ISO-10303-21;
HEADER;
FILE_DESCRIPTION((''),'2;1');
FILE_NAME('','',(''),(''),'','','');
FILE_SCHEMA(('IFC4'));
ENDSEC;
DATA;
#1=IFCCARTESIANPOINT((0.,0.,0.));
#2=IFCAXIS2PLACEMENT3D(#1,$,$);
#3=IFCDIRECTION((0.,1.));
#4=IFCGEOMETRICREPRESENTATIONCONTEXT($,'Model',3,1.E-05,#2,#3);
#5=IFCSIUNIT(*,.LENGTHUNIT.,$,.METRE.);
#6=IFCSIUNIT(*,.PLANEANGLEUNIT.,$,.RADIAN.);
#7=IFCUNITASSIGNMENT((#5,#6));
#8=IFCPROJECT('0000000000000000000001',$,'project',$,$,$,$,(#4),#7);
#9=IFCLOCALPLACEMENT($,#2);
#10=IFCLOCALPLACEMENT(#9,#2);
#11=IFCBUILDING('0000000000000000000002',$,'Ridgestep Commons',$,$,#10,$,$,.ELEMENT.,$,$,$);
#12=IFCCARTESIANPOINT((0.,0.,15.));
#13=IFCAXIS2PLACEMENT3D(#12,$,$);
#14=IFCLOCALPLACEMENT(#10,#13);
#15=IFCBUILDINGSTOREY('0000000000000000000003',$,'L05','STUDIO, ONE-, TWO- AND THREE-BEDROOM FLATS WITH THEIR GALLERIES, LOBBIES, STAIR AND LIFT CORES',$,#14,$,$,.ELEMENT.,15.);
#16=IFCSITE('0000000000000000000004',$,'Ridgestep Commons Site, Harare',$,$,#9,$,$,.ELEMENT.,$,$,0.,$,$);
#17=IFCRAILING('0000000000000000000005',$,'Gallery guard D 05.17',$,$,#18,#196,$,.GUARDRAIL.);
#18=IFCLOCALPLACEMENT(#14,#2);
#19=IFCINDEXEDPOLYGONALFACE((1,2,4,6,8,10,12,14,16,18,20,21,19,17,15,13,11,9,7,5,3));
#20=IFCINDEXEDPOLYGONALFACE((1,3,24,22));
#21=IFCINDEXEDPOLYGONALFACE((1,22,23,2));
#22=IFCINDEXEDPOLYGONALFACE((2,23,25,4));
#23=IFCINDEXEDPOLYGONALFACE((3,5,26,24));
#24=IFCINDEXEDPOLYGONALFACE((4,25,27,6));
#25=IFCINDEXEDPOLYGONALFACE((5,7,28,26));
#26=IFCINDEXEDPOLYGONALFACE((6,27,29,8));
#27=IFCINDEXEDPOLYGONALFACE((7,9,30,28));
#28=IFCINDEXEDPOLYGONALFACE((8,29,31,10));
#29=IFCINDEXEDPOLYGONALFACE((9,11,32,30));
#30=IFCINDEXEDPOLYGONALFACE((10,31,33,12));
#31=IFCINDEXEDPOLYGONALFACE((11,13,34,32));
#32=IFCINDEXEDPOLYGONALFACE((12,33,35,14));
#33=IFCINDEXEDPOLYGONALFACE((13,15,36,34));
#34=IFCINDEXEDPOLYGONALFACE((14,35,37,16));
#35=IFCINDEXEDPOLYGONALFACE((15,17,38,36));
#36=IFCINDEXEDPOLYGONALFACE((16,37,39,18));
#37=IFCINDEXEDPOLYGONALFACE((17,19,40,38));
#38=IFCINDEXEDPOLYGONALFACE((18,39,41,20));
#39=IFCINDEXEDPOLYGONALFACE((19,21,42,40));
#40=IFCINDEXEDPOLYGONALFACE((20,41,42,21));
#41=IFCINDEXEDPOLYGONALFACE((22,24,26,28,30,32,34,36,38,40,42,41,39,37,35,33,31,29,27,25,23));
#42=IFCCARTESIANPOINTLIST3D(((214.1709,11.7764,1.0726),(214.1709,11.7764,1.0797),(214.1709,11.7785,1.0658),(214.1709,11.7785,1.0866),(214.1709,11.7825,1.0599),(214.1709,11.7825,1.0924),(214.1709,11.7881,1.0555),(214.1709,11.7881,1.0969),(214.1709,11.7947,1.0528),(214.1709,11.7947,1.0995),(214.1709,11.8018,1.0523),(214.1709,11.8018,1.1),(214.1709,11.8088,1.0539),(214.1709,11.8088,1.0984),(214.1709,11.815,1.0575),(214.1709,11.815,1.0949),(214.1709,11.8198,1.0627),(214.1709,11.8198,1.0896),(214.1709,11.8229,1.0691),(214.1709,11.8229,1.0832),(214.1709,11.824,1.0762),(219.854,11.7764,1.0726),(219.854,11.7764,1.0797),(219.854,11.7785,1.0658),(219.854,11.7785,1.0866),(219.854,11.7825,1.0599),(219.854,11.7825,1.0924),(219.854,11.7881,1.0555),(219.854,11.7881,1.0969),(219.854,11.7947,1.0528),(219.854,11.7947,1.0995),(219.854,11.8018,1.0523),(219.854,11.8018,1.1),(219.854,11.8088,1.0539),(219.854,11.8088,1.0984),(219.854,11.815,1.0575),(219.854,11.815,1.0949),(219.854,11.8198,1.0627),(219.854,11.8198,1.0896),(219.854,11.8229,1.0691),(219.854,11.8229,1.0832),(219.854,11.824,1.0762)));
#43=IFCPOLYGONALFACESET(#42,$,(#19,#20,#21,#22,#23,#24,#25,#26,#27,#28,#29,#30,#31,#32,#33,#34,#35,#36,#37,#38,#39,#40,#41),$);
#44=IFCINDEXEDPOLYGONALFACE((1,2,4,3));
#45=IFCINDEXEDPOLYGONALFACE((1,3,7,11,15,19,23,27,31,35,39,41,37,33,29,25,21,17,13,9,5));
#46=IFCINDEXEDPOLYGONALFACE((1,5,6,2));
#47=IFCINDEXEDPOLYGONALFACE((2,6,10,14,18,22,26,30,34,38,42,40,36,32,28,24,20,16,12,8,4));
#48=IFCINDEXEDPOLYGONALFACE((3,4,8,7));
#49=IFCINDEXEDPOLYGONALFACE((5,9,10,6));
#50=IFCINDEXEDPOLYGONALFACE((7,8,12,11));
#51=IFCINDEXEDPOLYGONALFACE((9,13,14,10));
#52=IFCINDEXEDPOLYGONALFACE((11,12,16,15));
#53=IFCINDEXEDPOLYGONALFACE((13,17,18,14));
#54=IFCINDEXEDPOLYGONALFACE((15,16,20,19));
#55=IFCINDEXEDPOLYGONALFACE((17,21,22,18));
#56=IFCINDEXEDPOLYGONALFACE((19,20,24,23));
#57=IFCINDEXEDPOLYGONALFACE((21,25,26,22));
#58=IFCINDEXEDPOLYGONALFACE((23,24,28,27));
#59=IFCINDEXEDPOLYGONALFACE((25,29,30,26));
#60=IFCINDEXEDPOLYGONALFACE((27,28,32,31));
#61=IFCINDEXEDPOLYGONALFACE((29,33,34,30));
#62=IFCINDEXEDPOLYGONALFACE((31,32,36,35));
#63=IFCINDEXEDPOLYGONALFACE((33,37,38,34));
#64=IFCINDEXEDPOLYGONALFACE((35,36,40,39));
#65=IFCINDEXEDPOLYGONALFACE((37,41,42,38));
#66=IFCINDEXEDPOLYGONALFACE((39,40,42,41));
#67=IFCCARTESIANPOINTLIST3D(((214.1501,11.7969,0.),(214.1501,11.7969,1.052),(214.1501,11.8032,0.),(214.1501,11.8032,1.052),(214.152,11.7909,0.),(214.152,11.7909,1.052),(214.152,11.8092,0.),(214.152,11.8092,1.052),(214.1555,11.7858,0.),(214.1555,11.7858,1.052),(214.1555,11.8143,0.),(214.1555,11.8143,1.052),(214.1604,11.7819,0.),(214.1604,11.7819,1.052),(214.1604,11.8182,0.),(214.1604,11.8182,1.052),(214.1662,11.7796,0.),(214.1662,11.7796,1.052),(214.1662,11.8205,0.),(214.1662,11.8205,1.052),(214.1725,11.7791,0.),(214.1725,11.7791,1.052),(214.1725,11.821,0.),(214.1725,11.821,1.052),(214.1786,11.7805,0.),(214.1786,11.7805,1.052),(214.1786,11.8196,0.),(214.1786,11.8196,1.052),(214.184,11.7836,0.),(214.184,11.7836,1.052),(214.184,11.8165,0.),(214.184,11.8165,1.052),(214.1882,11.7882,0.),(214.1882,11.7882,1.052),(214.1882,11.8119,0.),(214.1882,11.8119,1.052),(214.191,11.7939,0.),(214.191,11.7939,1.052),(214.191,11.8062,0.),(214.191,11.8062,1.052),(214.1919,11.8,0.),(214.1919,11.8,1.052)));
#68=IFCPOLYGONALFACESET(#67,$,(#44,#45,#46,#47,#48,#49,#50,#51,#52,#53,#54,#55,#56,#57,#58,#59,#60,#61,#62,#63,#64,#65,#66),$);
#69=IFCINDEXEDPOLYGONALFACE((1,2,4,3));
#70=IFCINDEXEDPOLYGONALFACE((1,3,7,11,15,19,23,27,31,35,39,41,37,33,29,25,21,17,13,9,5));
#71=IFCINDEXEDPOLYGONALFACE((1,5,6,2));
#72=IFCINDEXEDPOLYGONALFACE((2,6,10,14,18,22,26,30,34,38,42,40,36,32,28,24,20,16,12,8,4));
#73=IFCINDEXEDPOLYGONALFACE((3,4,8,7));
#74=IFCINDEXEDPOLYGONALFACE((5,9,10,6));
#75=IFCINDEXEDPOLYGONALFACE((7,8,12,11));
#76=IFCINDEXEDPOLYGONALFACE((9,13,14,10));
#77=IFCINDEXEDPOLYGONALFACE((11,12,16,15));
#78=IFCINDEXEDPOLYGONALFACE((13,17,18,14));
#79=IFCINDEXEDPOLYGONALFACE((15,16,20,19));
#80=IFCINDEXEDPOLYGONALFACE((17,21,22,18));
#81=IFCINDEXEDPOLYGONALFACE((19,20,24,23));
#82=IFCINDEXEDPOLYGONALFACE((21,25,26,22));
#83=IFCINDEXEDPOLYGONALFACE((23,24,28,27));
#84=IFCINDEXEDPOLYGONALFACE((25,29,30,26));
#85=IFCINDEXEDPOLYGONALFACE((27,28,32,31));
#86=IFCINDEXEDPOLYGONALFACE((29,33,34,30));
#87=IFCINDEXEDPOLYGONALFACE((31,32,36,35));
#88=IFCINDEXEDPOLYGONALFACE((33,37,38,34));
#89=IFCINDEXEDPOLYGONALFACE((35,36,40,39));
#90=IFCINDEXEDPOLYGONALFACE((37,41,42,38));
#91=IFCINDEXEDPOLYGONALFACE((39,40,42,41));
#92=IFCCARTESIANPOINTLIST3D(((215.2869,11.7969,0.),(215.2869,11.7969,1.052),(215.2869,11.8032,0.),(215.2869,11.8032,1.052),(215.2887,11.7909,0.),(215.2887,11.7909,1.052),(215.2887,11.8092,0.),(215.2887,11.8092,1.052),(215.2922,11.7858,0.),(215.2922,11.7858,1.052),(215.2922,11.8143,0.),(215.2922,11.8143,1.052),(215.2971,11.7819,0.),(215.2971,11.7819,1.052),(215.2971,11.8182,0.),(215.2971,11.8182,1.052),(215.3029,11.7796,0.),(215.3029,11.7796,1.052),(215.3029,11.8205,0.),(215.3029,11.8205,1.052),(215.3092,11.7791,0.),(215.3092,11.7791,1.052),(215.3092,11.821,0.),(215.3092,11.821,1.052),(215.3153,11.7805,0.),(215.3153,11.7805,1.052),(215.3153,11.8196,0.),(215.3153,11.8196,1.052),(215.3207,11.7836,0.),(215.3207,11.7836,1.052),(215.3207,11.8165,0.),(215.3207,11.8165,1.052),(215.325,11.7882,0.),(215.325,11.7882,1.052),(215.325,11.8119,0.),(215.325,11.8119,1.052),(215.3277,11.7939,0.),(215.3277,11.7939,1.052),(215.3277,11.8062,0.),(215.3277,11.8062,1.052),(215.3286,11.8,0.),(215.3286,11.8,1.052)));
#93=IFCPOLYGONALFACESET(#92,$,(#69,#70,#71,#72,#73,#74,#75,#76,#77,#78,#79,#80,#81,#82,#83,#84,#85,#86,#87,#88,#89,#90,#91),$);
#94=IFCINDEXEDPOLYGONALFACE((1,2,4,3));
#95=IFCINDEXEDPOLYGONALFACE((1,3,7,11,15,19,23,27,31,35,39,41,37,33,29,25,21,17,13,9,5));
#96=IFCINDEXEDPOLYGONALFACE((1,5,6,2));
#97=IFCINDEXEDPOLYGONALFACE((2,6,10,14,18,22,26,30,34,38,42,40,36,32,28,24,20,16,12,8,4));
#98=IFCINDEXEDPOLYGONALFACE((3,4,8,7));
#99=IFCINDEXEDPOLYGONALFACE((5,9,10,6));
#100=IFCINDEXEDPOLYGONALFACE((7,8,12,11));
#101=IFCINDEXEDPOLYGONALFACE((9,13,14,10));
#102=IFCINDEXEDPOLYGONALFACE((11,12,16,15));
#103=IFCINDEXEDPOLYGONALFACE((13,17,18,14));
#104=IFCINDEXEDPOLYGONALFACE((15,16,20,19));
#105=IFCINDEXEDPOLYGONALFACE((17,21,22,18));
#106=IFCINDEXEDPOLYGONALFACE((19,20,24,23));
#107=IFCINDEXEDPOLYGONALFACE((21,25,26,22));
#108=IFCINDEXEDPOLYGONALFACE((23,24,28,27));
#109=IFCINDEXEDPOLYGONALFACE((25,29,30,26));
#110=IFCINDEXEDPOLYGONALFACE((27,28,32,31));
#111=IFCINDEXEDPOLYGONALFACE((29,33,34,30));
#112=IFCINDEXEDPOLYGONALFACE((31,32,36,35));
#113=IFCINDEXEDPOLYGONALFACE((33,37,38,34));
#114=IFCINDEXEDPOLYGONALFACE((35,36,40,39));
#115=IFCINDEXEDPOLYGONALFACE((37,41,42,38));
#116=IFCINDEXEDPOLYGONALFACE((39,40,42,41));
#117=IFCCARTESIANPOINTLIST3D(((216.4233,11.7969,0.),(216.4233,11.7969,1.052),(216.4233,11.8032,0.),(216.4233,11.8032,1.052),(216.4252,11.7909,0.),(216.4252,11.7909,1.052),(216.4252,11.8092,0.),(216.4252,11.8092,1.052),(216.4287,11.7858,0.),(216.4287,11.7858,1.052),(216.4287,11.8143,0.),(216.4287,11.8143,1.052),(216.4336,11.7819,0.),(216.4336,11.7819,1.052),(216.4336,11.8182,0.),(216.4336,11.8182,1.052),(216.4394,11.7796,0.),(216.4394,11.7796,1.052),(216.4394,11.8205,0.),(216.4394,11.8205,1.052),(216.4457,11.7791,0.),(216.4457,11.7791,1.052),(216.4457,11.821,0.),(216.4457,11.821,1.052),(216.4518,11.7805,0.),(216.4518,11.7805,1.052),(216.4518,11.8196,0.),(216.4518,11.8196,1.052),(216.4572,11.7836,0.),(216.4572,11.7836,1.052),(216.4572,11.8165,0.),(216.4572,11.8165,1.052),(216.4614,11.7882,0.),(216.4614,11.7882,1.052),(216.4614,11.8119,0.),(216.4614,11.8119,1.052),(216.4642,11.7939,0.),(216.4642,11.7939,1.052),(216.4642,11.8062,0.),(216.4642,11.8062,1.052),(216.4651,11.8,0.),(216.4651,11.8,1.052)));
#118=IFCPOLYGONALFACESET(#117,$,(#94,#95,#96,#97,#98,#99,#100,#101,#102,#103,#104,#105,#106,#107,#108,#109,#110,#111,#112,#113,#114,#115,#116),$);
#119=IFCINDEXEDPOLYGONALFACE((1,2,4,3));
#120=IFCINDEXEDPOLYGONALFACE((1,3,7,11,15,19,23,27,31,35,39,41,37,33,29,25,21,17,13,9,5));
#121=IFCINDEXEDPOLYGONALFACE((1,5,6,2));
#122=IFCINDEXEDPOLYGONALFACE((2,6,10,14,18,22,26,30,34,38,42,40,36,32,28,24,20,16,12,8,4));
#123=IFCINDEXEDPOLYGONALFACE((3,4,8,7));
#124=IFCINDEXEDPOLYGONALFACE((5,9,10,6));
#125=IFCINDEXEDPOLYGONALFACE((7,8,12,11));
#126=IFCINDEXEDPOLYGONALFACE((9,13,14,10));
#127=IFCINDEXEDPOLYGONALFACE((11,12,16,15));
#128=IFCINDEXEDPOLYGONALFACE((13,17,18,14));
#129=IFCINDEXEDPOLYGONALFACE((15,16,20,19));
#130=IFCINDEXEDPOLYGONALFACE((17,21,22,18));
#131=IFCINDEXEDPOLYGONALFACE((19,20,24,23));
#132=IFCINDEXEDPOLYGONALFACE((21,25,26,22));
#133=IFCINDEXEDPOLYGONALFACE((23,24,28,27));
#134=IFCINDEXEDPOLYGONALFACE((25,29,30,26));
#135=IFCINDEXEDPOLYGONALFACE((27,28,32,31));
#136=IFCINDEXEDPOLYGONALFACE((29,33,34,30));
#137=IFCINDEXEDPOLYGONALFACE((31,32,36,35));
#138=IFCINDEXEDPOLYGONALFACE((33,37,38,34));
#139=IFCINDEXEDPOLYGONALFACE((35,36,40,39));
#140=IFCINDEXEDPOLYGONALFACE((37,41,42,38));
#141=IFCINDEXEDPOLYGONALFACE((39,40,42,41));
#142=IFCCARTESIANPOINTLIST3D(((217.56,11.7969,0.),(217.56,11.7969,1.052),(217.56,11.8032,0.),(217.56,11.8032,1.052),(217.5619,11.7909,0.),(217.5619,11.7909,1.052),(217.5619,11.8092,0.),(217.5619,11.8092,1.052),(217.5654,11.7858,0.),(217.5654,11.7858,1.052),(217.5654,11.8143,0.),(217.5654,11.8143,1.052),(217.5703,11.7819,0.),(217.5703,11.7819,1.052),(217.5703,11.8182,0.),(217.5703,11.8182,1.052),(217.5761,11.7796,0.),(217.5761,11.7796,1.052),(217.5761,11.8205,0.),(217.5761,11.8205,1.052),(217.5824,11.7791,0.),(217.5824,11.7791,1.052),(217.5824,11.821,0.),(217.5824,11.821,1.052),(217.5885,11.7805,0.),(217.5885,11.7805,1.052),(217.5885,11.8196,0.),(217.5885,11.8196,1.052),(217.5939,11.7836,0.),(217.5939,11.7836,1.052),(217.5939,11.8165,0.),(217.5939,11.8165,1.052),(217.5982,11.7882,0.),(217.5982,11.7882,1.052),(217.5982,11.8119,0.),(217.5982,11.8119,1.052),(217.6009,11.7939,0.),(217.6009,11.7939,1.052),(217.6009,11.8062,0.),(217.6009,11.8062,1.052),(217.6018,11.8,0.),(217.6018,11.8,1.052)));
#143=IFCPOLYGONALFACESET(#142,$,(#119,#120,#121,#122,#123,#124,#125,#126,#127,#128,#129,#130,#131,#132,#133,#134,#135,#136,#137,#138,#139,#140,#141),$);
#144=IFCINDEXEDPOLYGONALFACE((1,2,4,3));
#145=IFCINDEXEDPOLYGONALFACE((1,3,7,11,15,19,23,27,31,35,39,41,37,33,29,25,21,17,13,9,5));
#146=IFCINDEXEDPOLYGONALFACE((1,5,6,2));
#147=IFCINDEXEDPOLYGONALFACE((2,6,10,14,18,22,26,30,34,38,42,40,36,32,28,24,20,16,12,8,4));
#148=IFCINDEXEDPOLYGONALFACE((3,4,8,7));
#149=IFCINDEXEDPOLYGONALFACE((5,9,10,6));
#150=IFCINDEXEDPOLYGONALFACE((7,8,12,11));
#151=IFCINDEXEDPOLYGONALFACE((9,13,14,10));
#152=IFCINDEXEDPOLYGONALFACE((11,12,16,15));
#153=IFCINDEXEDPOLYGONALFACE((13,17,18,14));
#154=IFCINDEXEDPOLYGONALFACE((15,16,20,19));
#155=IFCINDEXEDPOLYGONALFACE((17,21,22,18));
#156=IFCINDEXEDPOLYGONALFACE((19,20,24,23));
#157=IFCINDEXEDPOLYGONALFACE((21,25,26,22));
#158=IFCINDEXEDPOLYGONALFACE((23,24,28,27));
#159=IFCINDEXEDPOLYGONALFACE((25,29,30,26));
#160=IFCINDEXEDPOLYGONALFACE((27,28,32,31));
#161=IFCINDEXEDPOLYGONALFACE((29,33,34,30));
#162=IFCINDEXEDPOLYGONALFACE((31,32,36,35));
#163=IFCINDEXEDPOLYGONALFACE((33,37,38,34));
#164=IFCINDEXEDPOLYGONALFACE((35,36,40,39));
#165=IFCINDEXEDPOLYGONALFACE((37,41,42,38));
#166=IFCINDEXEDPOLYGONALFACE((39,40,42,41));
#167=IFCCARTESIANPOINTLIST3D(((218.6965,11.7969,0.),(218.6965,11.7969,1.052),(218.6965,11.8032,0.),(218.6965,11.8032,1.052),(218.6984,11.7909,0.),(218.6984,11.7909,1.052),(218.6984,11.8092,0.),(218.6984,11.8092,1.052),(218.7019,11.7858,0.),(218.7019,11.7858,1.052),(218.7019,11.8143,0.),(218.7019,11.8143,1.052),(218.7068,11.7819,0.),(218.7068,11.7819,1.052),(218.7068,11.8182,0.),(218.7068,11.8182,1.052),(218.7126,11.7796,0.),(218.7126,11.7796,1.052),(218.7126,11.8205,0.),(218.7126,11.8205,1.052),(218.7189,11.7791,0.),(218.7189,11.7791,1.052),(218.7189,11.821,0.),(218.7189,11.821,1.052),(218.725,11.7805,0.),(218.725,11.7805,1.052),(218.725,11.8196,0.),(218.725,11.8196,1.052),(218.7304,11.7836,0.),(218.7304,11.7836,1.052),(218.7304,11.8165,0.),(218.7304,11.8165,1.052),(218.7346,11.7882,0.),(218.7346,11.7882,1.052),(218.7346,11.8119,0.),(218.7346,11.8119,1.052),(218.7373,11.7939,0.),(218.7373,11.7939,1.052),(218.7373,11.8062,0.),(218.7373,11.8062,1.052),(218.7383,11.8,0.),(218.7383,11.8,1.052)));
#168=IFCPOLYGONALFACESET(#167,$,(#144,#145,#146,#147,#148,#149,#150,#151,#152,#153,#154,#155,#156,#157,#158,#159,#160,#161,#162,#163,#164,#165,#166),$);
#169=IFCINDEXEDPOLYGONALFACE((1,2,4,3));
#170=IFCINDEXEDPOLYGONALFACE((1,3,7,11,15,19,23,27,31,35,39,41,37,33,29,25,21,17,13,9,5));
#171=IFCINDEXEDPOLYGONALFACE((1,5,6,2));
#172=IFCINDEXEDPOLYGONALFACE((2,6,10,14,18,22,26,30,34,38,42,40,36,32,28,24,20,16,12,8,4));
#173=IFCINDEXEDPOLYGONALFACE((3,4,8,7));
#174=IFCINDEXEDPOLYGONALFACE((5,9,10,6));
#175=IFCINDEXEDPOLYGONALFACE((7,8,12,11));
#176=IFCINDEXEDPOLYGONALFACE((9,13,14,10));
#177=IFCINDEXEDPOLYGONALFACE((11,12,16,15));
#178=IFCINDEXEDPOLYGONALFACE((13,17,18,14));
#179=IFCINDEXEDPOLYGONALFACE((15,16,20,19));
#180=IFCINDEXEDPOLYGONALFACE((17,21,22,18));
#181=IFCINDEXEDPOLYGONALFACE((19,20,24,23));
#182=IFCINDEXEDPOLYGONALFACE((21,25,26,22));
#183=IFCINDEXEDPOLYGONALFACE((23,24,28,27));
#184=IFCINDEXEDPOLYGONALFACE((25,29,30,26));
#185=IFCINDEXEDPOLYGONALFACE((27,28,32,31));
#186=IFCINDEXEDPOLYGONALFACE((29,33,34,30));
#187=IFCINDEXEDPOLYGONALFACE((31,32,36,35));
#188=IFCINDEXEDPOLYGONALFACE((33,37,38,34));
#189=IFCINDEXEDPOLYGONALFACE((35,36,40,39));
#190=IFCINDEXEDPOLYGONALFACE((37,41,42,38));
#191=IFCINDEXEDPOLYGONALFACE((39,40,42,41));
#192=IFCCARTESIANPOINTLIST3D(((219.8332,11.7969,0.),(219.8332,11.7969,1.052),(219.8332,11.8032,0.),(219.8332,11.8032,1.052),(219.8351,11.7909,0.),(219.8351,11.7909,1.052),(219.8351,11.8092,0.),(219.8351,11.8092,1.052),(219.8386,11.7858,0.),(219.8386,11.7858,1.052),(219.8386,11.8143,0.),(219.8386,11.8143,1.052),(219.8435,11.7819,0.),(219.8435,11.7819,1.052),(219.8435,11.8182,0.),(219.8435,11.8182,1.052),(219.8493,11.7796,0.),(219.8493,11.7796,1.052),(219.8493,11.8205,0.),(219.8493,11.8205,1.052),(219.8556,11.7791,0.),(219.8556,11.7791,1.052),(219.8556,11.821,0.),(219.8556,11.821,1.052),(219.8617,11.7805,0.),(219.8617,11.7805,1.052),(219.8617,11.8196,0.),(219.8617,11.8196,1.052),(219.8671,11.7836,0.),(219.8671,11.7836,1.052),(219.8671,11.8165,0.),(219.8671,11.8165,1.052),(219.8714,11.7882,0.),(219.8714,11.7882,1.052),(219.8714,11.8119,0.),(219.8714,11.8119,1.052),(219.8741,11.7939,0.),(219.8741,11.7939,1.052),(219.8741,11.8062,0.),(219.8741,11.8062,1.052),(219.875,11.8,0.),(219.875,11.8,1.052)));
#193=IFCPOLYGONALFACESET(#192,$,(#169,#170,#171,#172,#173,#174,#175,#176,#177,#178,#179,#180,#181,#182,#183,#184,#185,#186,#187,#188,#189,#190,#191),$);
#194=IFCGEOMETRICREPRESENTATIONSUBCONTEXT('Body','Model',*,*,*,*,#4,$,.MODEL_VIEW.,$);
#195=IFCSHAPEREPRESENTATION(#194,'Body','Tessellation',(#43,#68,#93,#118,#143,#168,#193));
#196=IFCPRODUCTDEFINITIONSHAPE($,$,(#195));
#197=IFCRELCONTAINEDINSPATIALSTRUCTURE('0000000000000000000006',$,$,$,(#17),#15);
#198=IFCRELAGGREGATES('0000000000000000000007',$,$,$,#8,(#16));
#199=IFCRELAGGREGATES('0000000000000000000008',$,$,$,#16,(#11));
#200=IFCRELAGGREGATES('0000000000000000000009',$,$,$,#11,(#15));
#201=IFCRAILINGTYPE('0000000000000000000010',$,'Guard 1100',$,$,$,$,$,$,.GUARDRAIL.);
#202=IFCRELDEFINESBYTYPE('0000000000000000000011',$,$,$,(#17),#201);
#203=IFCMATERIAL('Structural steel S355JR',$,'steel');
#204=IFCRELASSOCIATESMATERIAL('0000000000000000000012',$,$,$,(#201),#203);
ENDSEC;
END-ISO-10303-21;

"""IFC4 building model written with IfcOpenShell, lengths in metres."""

from ifc_helpers import new_model, si_unit, direction, frame, origin, origin_2d, place, context, subcontext, project, spatial, circle, extrude, material, type_object, element, save


model = new_model("IFC4")

# Units and contexts
model_context = context("Model", 3, precision=1e-05, world=origin(), true_north=direction((0.0, 1.0)))
body_context = subcontext(model_context, "Body", "Model", "MODEL_VIEW")
ifc_project = project(units=[si_unit("LENGTHUNIT", "METRE"), si_unit("PLANEANGLEUNIT", "RADIAN")], contexts=[model_context])

# Site, building, storey
site_placement = place(None, origin())
site = spatial("IfcSite", under=ifc_project, at=site_placement, Name="Ridgestep Commons Site, Harare", CompositionType="ELEMENT", RefElevation=0.0)
building_placement = place(site_placement, origin())
building = spatial("IfcBuilding", under=site, at=building_placement, Name="Ridgestep Commons", CompositionType="ELEMENT")
storey_placement = place(building_placement, frame((0.0, 0.0, 15.0)))
storey = spatial("IfcBuildingStorey", under=building, at=storey_placement, Name="L05", Description="STUDIO, ONE-, TWO- AND THREE-BEDROOM FLATS WITH THEIR GALLERIES, LOBBIES, STAIR AND LIFT CORES", CompositionType="ELEMENT", Elevation=15.0)

# Railing
ifc_material_1 = material(Name="Structural steel S355JR", Category="steel")
railing_type_1 = type_object("IfcRailingType", Name="Guard 1100", PredefinedType="GUARDRAIL", material=ifc_material_1)
railing_1_placement = place(storey_placement, frame((214.1709, 11.8, 0.0)))
element("IfcRailing", 1, at=railing_1_placement, inside=storey, type_object=railing_type_1, Name="Gallery guard D 05.17", PredefinedType="GUARDRAIL", context=body_context, shape_type="SweptSolid", body=[
    extrude(circle(Radius=0.0239, at=origin_2d()), frame((0.0, 0.0, 1.0762), z_axis=(1.0, 0.0, 0.0), x_axis=(0.0, 1.0, 0.0)), (0.0, 0.0, 1.0), 5.6831),
    extrude(circle(Radius=0.021, at=origin_2d()), origin(), (0.0, 0.0, 1.0), 1.052),
    extrude(circle(Radius=0.021, at=origin_2d()), frame((1.1367, 0.0, 0.0)), (0.0, 0.0, 1.0), 1.052),
    extrude(circle(Radius=0.021, at=origin_2d()), frame((2.2732, 0.0, 0.0)), (0.0, 0.0, 1.0), 1.052),
    extrude(circle(Radius=0.021, at=origin_2d()), frame((3.4099, 0.0, 0.0)), (0.0, 0.0, 1.0), 1.052),
    extrude(circle(Radius=0.021, at=origin_2d()), frame((4.5464, 0.0, 0.0)), (0.0, 0.0, 1.0), 1.052),
    extrude(circle(Radius=0.021, at=origin_2d()), frame((5.6831, 0.0, 0.0)), (0.0, 0.0, 1.0), 1.052),
])

save(model, "model.ifc")
